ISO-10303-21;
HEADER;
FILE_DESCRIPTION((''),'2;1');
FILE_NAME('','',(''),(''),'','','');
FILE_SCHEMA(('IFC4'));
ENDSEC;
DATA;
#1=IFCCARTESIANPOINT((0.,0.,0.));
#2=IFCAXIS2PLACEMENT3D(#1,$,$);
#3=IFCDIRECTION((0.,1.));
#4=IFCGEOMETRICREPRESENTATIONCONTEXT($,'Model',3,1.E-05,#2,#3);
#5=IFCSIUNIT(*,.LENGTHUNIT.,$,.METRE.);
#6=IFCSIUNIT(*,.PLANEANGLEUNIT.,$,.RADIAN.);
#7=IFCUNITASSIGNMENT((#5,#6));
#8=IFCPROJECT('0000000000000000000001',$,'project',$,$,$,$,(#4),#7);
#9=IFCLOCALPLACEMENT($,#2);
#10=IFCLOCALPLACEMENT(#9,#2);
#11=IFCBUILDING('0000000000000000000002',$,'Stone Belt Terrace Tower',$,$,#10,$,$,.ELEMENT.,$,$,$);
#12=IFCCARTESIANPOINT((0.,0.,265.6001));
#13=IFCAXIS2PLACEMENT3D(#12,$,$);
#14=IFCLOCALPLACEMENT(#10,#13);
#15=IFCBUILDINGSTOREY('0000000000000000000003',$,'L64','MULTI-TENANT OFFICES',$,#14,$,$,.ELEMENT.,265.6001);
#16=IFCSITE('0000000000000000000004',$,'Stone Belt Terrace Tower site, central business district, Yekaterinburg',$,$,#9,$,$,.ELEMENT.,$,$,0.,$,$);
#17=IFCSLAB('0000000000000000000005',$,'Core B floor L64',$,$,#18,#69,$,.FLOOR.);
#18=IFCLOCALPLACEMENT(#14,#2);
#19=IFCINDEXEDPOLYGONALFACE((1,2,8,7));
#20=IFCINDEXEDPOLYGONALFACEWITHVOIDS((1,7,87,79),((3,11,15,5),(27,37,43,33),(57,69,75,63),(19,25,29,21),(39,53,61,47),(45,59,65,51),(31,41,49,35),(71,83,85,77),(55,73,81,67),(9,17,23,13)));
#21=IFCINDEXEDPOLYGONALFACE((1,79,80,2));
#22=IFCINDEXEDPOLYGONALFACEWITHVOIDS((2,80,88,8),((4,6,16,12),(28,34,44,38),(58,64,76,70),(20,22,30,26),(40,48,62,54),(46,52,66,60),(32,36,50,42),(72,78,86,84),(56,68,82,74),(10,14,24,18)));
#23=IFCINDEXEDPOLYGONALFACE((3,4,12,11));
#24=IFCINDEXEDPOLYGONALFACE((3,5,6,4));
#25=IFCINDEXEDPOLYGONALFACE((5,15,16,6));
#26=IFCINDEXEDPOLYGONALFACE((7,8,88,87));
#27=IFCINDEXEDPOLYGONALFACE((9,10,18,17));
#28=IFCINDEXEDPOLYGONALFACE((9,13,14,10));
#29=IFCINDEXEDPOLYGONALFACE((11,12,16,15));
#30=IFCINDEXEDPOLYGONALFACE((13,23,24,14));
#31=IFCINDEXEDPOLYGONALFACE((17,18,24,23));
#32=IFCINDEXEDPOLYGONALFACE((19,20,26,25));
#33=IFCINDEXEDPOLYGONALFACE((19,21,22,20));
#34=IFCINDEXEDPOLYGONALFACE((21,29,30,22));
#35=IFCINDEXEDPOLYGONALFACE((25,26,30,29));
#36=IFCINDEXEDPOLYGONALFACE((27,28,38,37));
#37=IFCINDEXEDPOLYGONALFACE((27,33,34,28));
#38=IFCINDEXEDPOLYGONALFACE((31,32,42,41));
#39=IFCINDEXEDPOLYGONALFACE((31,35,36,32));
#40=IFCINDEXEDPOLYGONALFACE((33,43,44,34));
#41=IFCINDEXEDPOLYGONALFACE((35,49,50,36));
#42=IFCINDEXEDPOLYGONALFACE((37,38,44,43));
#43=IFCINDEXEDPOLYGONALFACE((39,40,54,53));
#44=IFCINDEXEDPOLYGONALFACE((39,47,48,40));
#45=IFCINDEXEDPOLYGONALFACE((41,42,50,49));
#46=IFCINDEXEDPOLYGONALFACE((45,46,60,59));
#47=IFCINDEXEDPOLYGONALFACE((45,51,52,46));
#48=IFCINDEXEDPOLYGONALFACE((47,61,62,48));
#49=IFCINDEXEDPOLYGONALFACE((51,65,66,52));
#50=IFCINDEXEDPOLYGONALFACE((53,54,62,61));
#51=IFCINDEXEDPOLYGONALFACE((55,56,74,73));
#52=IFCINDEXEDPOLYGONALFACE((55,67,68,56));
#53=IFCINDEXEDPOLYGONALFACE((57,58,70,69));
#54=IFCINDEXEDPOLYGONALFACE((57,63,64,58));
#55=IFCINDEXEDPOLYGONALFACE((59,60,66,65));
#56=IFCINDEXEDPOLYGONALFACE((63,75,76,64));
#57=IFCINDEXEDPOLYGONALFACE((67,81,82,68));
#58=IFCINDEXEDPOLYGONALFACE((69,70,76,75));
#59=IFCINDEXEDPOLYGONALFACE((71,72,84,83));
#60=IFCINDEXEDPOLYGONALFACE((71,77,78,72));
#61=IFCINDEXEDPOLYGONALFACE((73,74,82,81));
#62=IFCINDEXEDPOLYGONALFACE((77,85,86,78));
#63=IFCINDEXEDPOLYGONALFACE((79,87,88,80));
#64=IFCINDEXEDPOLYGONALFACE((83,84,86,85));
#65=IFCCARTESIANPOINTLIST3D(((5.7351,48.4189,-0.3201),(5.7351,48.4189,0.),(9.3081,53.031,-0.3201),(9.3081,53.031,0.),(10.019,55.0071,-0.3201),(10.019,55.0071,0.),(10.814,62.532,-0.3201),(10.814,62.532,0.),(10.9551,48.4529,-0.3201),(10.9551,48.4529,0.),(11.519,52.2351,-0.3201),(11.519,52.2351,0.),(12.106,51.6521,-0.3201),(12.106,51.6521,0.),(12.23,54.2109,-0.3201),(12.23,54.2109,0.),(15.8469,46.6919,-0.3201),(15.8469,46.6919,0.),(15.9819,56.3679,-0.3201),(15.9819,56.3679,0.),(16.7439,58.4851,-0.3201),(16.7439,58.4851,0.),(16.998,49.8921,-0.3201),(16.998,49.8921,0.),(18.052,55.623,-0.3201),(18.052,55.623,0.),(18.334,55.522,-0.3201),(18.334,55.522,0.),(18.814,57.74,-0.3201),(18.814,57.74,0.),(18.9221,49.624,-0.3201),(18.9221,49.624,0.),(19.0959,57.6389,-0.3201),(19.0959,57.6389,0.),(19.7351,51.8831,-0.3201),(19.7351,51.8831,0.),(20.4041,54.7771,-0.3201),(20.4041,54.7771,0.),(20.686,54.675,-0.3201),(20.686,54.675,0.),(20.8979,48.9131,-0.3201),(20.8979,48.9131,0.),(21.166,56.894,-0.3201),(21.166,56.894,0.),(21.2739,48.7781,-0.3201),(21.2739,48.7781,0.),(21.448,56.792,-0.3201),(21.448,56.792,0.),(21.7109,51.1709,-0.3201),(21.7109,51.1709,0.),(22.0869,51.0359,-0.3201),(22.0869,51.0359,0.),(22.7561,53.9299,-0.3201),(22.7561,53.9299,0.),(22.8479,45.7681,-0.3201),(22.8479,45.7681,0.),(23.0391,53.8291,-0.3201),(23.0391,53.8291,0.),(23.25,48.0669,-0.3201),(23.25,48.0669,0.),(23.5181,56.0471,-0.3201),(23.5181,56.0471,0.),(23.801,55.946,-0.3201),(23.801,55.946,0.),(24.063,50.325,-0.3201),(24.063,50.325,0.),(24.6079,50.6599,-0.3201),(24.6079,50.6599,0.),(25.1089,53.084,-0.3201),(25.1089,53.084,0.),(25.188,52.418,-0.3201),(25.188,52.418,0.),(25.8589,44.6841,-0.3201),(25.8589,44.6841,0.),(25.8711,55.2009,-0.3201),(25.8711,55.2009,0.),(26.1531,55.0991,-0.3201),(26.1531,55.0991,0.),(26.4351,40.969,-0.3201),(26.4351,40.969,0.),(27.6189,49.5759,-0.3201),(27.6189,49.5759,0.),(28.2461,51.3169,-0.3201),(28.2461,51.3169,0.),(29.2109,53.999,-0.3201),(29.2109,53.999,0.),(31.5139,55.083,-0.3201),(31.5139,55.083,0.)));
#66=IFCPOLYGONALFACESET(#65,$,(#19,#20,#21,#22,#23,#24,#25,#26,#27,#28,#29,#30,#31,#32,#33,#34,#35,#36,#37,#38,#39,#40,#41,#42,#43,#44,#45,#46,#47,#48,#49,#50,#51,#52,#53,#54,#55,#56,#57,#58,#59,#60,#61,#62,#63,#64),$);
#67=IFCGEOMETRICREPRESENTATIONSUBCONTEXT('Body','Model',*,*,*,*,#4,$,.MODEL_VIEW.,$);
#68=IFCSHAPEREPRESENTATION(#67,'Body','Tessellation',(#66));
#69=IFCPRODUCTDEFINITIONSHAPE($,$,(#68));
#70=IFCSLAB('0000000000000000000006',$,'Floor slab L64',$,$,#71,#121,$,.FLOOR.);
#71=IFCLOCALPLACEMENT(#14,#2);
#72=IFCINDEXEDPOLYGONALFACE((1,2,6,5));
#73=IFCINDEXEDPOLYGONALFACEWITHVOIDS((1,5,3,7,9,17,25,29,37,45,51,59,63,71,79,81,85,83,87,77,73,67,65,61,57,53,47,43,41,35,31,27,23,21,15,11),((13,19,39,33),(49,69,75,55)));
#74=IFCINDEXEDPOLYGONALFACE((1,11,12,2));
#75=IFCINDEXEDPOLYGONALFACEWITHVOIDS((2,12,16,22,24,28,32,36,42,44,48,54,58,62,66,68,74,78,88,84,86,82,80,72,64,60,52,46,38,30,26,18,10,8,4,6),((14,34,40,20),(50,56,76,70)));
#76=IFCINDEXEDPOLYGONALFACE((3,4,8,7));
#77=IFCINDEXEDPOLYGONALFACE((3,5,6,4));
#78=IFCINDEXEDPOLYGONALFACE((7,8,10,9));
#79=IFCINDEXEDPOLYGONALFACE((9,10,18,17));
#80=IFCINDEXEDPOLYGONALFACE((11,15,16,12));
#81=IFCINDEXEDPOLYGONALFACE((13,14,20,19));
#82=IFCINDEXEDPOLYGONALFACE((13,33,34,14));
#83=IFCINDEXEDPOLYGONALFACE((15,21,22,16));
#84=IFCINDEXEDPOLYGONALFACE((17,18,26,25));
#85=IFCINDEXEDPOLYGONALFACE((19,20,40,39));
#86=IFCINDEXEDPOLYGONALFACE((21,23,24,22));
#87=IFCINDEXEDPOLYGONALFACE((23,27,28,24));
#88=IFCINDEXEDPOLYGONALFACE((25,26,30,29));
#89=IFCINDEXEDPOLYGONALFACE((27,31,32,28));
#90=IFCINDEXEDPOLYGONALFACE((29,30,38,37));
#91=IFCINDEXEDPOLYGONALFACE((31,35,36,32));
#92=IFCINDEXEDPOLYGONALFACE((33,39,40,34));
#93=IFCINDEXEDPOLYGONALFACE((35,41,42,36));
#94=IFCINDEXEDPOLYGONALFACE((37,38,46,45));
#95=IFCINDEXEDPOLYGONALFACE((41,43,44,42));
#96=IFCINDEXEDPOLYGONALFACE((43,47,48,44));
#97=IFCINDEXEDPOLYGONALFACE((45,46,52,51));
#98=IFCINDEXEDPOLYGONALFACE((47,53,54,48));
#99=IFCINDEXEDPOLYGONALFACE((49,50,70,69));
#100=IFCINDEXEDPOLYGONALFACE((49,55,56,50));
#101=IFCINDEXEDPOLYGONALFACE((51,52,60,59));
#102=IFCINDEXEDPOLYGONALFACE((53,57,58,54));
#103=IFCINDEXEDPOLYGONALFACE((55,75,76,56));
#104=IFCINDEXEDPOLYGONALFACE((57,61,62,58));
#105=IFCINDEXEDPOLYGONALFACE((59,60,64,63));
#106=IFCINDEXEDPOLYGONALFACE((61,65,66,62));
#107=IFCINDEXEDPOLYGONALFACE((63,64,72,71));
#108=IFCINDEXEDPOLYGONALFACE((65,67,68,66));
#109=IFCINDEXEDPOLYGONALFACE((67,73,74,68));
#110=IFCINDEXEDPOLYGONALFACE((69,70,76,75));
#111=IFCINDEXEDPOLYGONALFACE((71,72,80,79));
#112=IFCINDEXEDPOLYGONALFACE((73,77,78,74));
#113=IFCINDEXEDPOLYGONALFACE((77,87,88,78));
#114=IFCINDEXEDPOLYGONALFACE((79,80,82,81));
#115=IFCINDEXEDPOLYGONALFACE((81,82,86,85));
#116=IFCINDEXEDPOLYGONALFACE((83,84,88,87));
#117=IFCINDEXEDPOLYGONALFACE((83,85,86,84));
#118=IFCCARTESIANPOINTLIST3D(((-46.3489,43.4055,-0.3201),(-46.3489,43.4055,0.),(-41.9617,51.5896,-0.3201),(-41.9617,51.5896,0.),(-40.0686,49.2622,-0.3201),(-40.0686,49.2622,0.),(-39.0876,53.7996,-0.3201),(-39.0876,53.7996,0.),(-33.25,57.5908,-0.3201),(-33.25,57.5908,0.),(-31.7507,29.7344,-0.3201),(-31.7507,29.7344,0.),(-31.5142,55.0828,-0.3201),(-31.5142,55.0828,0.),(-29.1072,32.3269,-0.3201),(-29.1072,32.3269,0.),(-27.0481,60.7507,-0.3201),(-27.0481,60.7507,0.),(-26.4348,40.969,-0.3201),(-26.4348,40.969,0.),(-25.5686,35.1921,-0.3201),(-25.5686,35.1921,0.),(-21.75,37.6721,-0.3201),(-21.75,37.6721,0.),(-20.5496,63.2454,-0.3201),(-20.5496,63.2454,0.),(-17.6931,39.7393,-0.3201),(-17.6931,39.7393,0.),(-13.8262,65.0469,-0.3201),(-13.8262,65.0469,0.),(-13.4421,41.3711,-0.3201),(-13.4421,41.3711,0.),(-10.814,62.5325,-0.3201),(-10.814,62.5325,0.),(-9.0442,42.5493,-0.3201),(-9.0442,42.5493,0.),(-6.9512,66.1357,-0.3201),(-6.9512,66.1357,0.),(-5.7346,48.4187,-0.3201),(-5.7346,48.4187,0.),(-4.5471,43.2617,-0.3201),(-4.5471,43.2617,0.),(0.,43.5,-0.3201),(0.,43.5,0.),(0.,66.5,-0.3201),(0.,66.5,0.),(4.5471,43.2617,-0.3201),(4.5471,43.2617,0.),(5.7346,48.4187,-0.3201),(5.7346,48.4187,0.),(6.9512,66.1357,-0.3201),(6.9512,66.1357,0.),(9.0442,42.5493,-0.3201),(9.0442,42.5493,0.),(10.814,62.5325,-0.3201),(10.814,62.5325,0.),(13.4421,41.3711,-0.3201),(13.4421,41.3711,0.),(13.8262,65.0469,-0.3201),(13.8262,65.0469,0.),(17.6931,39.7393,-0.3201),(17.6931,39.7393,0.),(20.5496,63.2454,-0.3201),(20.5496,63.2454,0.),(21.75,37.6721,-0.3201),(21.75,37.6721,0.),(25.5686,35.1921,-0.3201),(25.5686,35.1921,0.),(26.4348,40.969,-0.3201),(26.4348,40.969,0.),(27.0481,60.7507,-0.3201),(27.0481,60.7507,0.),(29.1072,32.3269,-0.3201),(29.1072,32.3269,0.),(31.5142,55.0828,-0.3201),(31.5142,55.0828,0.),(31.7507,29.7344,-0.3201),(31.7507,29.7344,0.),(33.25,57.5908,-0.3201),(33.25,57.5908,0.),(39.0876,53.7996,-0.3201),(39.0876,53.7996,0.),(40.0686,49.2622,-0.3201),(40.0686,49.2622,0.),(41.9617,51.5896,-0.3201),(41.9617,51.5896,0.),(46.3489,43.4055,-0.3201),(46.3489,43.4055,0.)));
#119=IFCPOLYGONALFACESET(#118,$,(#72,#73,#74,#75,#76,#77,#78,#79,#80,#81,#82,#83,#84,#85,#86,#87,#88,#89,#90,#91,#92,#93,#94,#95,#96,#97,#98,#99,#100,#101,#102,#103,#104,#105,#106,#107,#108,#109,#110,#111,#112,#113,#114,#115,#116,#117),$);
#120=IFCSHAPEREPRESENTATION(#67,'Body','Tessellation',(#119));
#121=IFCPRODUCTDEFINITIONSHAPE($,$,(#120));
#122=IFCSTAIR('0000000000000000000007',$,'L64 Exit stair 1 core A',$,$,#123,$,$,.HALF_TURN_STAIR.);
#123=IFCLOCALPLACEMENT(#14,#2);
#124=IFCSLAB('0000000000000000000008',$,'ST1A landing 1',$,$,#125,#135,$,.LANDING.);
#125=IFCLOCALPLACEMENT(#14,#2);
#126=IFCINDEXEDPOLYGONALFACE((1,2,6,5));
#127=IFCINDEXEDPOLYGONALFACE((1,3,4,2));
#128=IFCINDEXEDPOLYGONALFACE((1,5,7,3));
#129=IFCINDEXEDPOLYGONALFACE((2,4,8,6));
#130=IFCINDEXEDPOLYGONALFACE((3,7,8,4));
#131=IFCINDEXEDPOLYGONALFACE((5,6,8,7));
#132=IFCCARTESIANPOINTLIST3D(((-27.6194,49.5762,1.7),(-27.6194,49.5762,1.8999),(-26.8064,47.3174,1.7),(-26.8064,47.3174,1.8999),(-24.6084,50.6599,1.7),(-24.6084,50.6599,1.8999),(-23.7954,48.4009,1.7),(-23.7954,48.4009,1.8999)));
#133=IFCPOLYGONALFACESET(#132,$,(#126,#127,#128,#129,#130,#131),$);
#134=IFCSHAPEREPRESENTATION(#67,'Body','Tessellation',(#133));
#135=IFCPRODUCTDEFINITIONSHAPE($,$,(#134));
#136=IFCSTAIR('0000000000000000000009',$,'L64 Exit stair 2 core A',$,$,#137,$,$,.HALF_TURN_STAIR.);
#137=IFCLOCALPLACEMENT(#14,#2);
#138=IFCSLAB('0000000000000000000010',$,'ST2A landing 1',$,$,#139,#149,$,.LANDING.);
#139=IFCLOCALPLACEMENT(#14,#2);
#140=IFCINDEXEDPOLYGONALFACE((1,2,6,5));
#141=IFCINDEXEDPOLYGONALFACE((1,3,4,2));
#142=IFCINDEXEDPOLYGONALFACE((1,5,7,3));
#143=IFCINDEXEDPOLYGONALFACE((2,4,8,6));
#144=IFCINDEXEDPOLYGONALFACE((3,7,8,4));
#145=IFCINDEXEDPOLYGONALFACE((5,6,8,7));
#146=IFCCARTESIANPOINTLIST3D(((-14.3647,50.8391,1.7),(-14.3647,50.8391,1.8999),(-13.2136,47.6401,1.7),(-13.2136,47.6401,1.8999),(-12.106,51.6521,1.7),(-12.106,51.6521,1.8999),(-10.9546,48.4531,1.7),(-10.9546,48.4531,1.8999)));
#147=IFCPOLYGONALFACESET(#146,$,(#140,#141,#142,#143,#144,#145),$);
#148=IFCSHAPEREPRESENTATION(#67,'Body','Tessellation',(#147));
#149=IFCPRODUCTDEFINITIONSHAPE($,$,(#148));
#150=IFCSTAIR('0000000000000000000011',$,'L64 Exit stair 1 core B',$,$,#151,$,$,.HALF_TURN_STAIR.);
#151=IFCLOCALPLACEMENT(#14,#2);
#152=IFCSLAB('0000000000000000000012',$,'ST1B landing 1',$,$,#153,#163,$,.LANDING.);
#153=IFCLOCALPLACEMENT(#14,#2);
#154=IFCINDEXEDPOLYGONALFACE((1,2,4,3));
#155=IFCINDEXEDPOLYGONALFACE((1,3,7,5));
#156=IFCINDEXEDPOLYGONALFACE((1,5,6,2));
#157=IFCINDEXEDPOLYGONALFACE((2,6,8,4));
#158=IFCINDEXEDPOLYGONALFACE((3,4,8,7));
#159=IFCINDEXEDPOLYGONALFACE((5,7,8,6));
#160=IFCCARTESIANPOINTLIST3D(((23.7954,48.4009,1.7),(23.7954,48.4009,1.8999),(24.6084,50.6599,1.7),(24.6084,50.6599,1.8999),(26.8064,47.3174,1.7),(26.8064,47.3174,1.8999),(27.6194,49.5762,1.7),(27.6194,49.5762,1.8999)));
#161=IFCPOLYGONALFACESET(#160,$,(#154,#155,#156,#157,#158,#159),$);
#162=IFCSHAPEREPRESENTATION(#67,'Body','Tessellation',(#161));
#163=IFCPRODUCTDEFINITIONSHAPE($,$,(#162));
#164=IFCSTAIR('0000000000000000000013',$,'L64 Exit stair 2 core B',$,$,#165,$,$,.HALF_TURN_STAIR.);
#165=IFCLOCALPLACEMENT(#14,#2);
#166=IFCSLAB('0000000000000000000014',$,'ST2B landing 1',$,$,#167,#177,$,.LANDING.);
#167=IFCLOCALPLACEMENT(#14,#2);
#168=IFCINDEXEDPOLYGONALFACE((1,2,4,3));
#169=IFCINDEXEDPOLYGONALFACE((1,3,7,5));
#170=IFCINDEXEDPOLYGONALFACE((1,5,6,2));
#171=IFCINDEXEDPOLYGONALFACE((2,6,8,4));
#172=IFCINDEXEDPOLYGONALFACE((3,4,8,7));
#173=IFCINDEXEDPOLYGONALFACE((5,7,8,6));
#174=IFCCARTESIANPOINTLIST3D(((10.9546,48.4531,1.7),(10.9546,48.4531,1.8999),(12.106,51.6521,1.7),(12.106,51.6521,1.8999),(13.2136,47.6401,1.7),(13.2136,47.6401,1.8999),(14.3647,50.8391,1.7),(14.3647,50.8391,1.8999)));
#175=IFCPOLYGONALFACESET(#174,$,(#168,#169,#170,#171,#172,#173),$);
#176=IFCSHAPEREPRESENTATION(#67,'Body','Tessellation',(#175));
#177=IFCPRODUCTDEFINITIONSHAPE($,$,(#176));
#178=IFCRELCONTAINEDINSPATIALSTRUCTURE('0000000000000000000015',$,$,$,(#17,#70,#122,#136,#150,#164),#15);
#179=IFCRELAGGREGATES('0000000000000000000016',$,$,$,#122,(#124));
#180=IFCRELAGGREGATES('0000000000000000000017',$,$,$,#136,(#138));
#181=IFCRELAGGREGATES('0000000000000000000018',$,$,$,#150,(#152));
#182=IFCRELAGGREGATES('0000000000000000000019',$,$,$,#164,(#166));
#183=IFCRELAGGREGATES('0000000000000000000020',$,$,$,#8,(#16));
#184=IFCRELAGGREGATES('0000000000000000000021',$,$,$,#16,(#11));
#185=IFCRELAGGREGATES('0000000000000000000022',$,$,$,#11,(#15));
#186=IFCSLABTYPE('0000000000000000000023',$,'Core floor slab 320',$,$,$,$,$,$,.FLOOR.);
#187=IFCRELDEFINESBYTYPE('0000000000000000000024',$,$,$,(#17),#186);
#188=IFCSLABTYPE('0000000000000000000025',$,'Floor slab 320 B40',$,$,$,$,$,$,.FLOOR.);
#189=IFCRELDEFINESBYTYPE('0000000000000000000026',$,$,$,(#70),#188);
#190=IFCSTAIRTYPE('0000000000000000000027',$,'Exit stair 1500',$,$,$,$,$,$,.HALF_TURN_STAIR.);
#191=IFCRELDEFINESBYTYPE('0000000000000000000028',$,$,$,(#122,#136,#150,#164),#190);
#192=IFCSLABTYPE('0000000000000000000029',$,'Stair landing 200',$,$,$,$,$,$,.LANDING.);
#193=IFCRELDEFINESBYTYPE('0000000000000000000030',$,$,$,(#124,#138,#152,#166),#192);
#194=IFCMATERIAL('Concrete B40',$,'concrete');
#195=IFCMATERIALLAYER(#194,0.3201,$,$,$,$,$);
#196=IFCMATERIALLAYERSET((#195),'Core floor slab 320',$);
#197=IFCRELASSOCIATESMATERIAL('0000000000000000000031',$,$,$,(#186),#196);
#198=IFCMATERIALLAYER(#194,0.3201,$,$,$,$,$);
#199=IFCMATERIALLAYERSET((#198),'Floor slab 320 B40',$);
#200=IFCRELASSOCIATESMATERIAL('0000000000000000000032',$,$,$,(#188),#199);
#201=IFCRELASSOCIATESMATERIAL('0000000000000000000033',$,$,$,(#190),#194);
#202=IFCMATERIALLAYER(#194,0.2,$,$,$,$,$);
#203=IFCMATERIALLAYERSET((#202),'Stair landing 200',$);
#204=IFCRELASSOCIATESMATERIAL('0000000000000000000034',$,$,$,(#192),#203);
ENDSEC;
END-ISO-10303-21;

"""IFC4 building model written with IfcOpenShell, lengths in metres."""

from ifc_helpers import new_model, si_unit, direction, frame, origin, place, context, subcontext, project, spatial, polyline, outline, extrude, material, layer, layer_set, type_object, element, aggregate, save


model = new_model("IFC4")

# Units and contexts
model_context = context("Model", 3, precision=1e-05, world=origin(), true_north=direction((0.0, 1.0)))
body_context = subcontext(model_context, "Body", "Model", "MODEL_VIEW")
ifc_project = project(units=[si_unit("LENGTHUNIT", "METRE"), si_unit("PLANEANGLEUNIT", "RADIAN")], contexts=[model_context])

# Site, building, storey
site_placement = place(None, origin())
site = spatial("IfcSite", under=ifc_project, at=site_placement, Name="Stone Belt Terrace Tower site, central business district, Yekaterinburg", CompositionType="ELEMENT", RefElevation=0.0)
building_placement = place(site_placement, origin())
building = spatial("IfcBuilding", under=site, at=building_placement, Name="Stone Belt Terrace Tower", CompositionType="ELEMENT")
storey_placement = place(building_placement, frame((0.0, 0.0, 265.6001)))
storey = spatial("IfcBuildingStorey", under=building, at=storey_placement, Name="L64", Description="MULTI-TENANT OFFICES", CompositionType="ELEMENT", Elevation=265.6001)

# Slabs
ifc_material_1 = material(Name="Concrete B40", Category="concrete")
ifc_layer_1 = layer(ifc_material_1, 0.3201)
ifc_layer_set_1 = layer_set([ifc_layer_1], Name="Core floor slab 320")
slab_type_1 = type_object("IfcSlabType", Name="Core floor slab 320", PredefinedType="FLOOR", material=ifc_layer_set_1)
slab_1_placement = place(storey_placement, frame((0.0, 0.0, -0.3201)))
element("IfcSlab", 1, at=slab_1_placement, inside=storey, type_object=slab_type_1, Name="Core B floor L64", PredefinedType="FLOOR", context=body_context, shape_type="SweptSolid", body=[
    extrude(outline(polyline([(26.4351, 40.969), (31.5139, 55.083), (10.814, 62.532), (5.7351, 48.4189), (26.4351, 40.969)]), holes=[polyline([(27.6189, 49.5759), (25.8589, 44.6841), (22.8479, 45.7681), (24.6079, 50.6599), (27.6189, 49.5759)]), polyline([(12.106, 51.6521), (16.998, 49.8921), (15.8469, 46.6919), (10.9551, 48.4529), (12.106, 51.6521)]), polyline([(23.25, 48.0669), (21.2739, 48.7781), (22.0869, 51.0359), (24.063, 50.325), (23.25, 48.0669)]), polyline([(18.9221, 49.624), (19.7351, 51.8831), (21.7109, 51.1709), (20.8979, 48.9131), (18.9221, 49.624)]), polyline([(29.2109, 53.999), (28.2461, 51.3169), (25.188, 52.418), (26.1531, 55.0991), (29.2109, 53.999)]), polyline([(11.519, 52.2351), (9.3081, 53.031), (10.019, 55.0071), (12.23, 54.2109), (11.519, 52.2351)]), polyline([(23.0391, 53.8291), (23.801, 55.946), (25.8711, 55.2009), (25.1089, 53.084), (23.0391, 53.8291)]), polyline([(20.686, 54.675), (21.448, 56.792), (23.5181, 56.0471), (22.7561, 53.9299), (20.686, 54.675)]), polyline([(19.0959, 57.6389), (21.166, 56.894), (20.4041, 54.7771), (18.334, 55.522), (19.0959, 57.6389)]), polyline([(16.7439, 58.4851), (18.814, 57.74), (18.052, 55.623), (15.9819, 56.3679), (16.7439, 58.4851)])]), origin(), (0.0, 0.0, 1.0), 0.3201),
])
ifc_layer_2 = layer(ifc_material_1, 0.3201)
ifc_layer_set_2 = layer_set([ifc_layer_2], Name="Floor slab 320 B40")
slab_type_2 = type_object("IfcSlabType", Name="Floor slab 320 B40", PredefinedType="FLOOR", material=ifc_layer_set_2)
slab_2_placement = place(storey_placement, frame((0.0, 0.0, -0.3201)))
element("IfcSlab", 2, at=slab_2_placement, inside=storey, type_object=slab_type_2, Name="Floor slab L64", PredefinedType="FLOOR", context=body_context, shape_type="SweptSolid", body=[
    extrude(outline(polyline([(-40.0686, 49.2622), (-41.9617, 51.5896), (-39.0876, 53.7996), (-33.25, 57.5908), (-27.0481, 60.7507), (-20.5496, 63.2454), (-13.8262, 65.0469), (-6.9512, 66.1357), (0.0, 66.5), (6.9512, 66.1357), (13.8262, 65.0469), (20.5496, 63.2454), (27.0481, 60.7507), (33.25, 57.5908), (39.0876, 53.7996), (41.9617, 51.5896), (40.0686, 49.2622), (46.3489, 43.4055), (31.7507, 29.7344), (29.1072, 32.3269), (25.5686, 35.1921), (21.75, 37.6721), (17.6931, 39.7393), (13.4421, 41.3711), (9.0442, 42.5493), (4.5471, 43.2617), (0.0, 43.5), (-4.5471, 43.2617), (-9.0442, 42.5493), (-13.4421, 41.3711), (-17.6931, 39.7393), (-21.75, 37.6721), (-25.5686, 35.1921), (-29.1072, 32.3269), (-31.7507, 29.7344), (-46.3489, 43.4055), (-40.0686, 49.2622)]), holes=[polyline([(-10.814, 62.5325), (-31.5142, 55.0828), (-26.4348, 40.969), (-5.7346, 48.4187), (-10.814, 62.5325)]), polyline([(26.4348, 40.969), (31.5142, 55.0828), (10.814, 62.5325), (5.7346, 48.4187), (26.4348, 40.969)])]), origin(), (0.0, 0.0, 1.0), 0.3201),
])

# Stairs, slabs
stair_type = type_object("IfcStairType", Name="Exit stair 1500", PredefinedType="HALF_TURN_STAIR", material=ifc_material_1)
stair_1_placement = place(storey_placement, origin())
stair_1 = element("IfcStair", 3, at=stair_1_placement, inside=storey, type_object=stair_type, Name="L64 Exit stair 1 core A", PredefinedType="HALF_TURN_STAIR")
ifc_layer_3 = layer(ifc_material_1, 0.2)
ifc_layer_set_3 = layer_set([ifc_layer_3], Name="Stair landing 200")
slab_type_3 = type_object("IfcSlabType", Name="Stair landing 200", PredefinedType="LANDING", material=ifc_layer_set_3)
slab_3_placement = place(storey_placement, frame((0.0, 0.0, 1.7)))
slab_3 = element("IfcSlab", 4, at=slab_3_placement, type_object=slab_type_3, Name="ST1A landing 1", PredefinedType="LANDING", context=body_context, shape_type="SweptSolid", body=[
    extrude(outline(polyline([(-23.7954, 48.4009), (-24.6084, 50.6599), (-27.6194, 49.5762), (-26.8064, 47.3174), (-23.7954, 48.4009)])), origin(), (0.0, 0.0, 1.0), 0.2),
])
aggregate(stair_1, [slab_3])
stair_2_placement = place(storey_placement, origin())
stair_2 = element("IfcStair", 5, at=stair_2_placement, inside=storey, type_object=stair_type, Name="L64 Exit stair 2 core A", PredefinedType="HALF_TURN_STAIR")
slab_4_placement = place(storey_placement, frame((0.0, 0.0, 1.7)))
slab_4 = element("IfcSlab", 6, at=slab_4_placement, type_object=slab_type_3, Name="ST2A landing 1", PredefinedType="LANDING", context=body_context, shape_type="SweptSolid", body=[
    extrude(outline(polyline([(-13.2136, 47.6401), (-10.9546, 48.4531), (-12.106, 51.6521), (-14.3647, 50.8391), (-13.2136, 47.6401)])), origin(), (0.0, 0.0, 1.0), 0.2),
])
aggregate(stair_2, [slab_4])
stair_3_placement = place(storey_placement, origin())
stair_3 = element("IfcStair", 7, at=stair_3_placement, inside=storey, type_object=stair_type, Name="L64 Exit stair 1 core B", PredefinedType="HALF_TURN_STAIR")
slab_5_placement = place(storey_placement, frame((0.0, 0.0, 1.7)))
slab_5 = element("IfcSlab", 8, at=slab_5_placement, type_object=slab_type_3, Name="ST1B landing 1", PredefinedType="LANDING", context=body_context, shape_type="SweptSolid", body=[
    extrude(outline(polyline([(26.8064, 47.3174), (27.6194, 49.5762), (24.6084, 50.6599), (23.7954, 48.4009), (26.8064, 47.3174)])), origin(), (0.0, 0.0, 1.0), 0.2),
])
aggregate(stair_3, [slab_5])
stair_4_placement = place(storey_placement, origin())
stair_4 = element("IfcStair", 9, at=stair_4_placement, inside=storey, type_object=stair_type, Name="L64 Exit stair 2 core B", PredefinedType="HALF_TURN_STAIR")
slab_6_placement = place(storey_placement, frame((0.0, 0.0, 1.7)))
slab_6 = element("IfcSlab", 10, at=slab_6_placement, type_object=slab_type_3, Name="ST2B landing 1", PredefinedType="LANDING", context=body_context, shape_type="SweptSolid", body=[
    extrude(outline(polyline([(14.3647, 50.8391), (12.106, 51.6521), (10.9546, 48.4531), (13.2136, 47.6401), (14.3647, 50.8391)])), origin(), (0.0, 0.0, 1.0), 0.2),
])
aggregate(stair_4, [slab_6])

save(model, "model.ifc")
